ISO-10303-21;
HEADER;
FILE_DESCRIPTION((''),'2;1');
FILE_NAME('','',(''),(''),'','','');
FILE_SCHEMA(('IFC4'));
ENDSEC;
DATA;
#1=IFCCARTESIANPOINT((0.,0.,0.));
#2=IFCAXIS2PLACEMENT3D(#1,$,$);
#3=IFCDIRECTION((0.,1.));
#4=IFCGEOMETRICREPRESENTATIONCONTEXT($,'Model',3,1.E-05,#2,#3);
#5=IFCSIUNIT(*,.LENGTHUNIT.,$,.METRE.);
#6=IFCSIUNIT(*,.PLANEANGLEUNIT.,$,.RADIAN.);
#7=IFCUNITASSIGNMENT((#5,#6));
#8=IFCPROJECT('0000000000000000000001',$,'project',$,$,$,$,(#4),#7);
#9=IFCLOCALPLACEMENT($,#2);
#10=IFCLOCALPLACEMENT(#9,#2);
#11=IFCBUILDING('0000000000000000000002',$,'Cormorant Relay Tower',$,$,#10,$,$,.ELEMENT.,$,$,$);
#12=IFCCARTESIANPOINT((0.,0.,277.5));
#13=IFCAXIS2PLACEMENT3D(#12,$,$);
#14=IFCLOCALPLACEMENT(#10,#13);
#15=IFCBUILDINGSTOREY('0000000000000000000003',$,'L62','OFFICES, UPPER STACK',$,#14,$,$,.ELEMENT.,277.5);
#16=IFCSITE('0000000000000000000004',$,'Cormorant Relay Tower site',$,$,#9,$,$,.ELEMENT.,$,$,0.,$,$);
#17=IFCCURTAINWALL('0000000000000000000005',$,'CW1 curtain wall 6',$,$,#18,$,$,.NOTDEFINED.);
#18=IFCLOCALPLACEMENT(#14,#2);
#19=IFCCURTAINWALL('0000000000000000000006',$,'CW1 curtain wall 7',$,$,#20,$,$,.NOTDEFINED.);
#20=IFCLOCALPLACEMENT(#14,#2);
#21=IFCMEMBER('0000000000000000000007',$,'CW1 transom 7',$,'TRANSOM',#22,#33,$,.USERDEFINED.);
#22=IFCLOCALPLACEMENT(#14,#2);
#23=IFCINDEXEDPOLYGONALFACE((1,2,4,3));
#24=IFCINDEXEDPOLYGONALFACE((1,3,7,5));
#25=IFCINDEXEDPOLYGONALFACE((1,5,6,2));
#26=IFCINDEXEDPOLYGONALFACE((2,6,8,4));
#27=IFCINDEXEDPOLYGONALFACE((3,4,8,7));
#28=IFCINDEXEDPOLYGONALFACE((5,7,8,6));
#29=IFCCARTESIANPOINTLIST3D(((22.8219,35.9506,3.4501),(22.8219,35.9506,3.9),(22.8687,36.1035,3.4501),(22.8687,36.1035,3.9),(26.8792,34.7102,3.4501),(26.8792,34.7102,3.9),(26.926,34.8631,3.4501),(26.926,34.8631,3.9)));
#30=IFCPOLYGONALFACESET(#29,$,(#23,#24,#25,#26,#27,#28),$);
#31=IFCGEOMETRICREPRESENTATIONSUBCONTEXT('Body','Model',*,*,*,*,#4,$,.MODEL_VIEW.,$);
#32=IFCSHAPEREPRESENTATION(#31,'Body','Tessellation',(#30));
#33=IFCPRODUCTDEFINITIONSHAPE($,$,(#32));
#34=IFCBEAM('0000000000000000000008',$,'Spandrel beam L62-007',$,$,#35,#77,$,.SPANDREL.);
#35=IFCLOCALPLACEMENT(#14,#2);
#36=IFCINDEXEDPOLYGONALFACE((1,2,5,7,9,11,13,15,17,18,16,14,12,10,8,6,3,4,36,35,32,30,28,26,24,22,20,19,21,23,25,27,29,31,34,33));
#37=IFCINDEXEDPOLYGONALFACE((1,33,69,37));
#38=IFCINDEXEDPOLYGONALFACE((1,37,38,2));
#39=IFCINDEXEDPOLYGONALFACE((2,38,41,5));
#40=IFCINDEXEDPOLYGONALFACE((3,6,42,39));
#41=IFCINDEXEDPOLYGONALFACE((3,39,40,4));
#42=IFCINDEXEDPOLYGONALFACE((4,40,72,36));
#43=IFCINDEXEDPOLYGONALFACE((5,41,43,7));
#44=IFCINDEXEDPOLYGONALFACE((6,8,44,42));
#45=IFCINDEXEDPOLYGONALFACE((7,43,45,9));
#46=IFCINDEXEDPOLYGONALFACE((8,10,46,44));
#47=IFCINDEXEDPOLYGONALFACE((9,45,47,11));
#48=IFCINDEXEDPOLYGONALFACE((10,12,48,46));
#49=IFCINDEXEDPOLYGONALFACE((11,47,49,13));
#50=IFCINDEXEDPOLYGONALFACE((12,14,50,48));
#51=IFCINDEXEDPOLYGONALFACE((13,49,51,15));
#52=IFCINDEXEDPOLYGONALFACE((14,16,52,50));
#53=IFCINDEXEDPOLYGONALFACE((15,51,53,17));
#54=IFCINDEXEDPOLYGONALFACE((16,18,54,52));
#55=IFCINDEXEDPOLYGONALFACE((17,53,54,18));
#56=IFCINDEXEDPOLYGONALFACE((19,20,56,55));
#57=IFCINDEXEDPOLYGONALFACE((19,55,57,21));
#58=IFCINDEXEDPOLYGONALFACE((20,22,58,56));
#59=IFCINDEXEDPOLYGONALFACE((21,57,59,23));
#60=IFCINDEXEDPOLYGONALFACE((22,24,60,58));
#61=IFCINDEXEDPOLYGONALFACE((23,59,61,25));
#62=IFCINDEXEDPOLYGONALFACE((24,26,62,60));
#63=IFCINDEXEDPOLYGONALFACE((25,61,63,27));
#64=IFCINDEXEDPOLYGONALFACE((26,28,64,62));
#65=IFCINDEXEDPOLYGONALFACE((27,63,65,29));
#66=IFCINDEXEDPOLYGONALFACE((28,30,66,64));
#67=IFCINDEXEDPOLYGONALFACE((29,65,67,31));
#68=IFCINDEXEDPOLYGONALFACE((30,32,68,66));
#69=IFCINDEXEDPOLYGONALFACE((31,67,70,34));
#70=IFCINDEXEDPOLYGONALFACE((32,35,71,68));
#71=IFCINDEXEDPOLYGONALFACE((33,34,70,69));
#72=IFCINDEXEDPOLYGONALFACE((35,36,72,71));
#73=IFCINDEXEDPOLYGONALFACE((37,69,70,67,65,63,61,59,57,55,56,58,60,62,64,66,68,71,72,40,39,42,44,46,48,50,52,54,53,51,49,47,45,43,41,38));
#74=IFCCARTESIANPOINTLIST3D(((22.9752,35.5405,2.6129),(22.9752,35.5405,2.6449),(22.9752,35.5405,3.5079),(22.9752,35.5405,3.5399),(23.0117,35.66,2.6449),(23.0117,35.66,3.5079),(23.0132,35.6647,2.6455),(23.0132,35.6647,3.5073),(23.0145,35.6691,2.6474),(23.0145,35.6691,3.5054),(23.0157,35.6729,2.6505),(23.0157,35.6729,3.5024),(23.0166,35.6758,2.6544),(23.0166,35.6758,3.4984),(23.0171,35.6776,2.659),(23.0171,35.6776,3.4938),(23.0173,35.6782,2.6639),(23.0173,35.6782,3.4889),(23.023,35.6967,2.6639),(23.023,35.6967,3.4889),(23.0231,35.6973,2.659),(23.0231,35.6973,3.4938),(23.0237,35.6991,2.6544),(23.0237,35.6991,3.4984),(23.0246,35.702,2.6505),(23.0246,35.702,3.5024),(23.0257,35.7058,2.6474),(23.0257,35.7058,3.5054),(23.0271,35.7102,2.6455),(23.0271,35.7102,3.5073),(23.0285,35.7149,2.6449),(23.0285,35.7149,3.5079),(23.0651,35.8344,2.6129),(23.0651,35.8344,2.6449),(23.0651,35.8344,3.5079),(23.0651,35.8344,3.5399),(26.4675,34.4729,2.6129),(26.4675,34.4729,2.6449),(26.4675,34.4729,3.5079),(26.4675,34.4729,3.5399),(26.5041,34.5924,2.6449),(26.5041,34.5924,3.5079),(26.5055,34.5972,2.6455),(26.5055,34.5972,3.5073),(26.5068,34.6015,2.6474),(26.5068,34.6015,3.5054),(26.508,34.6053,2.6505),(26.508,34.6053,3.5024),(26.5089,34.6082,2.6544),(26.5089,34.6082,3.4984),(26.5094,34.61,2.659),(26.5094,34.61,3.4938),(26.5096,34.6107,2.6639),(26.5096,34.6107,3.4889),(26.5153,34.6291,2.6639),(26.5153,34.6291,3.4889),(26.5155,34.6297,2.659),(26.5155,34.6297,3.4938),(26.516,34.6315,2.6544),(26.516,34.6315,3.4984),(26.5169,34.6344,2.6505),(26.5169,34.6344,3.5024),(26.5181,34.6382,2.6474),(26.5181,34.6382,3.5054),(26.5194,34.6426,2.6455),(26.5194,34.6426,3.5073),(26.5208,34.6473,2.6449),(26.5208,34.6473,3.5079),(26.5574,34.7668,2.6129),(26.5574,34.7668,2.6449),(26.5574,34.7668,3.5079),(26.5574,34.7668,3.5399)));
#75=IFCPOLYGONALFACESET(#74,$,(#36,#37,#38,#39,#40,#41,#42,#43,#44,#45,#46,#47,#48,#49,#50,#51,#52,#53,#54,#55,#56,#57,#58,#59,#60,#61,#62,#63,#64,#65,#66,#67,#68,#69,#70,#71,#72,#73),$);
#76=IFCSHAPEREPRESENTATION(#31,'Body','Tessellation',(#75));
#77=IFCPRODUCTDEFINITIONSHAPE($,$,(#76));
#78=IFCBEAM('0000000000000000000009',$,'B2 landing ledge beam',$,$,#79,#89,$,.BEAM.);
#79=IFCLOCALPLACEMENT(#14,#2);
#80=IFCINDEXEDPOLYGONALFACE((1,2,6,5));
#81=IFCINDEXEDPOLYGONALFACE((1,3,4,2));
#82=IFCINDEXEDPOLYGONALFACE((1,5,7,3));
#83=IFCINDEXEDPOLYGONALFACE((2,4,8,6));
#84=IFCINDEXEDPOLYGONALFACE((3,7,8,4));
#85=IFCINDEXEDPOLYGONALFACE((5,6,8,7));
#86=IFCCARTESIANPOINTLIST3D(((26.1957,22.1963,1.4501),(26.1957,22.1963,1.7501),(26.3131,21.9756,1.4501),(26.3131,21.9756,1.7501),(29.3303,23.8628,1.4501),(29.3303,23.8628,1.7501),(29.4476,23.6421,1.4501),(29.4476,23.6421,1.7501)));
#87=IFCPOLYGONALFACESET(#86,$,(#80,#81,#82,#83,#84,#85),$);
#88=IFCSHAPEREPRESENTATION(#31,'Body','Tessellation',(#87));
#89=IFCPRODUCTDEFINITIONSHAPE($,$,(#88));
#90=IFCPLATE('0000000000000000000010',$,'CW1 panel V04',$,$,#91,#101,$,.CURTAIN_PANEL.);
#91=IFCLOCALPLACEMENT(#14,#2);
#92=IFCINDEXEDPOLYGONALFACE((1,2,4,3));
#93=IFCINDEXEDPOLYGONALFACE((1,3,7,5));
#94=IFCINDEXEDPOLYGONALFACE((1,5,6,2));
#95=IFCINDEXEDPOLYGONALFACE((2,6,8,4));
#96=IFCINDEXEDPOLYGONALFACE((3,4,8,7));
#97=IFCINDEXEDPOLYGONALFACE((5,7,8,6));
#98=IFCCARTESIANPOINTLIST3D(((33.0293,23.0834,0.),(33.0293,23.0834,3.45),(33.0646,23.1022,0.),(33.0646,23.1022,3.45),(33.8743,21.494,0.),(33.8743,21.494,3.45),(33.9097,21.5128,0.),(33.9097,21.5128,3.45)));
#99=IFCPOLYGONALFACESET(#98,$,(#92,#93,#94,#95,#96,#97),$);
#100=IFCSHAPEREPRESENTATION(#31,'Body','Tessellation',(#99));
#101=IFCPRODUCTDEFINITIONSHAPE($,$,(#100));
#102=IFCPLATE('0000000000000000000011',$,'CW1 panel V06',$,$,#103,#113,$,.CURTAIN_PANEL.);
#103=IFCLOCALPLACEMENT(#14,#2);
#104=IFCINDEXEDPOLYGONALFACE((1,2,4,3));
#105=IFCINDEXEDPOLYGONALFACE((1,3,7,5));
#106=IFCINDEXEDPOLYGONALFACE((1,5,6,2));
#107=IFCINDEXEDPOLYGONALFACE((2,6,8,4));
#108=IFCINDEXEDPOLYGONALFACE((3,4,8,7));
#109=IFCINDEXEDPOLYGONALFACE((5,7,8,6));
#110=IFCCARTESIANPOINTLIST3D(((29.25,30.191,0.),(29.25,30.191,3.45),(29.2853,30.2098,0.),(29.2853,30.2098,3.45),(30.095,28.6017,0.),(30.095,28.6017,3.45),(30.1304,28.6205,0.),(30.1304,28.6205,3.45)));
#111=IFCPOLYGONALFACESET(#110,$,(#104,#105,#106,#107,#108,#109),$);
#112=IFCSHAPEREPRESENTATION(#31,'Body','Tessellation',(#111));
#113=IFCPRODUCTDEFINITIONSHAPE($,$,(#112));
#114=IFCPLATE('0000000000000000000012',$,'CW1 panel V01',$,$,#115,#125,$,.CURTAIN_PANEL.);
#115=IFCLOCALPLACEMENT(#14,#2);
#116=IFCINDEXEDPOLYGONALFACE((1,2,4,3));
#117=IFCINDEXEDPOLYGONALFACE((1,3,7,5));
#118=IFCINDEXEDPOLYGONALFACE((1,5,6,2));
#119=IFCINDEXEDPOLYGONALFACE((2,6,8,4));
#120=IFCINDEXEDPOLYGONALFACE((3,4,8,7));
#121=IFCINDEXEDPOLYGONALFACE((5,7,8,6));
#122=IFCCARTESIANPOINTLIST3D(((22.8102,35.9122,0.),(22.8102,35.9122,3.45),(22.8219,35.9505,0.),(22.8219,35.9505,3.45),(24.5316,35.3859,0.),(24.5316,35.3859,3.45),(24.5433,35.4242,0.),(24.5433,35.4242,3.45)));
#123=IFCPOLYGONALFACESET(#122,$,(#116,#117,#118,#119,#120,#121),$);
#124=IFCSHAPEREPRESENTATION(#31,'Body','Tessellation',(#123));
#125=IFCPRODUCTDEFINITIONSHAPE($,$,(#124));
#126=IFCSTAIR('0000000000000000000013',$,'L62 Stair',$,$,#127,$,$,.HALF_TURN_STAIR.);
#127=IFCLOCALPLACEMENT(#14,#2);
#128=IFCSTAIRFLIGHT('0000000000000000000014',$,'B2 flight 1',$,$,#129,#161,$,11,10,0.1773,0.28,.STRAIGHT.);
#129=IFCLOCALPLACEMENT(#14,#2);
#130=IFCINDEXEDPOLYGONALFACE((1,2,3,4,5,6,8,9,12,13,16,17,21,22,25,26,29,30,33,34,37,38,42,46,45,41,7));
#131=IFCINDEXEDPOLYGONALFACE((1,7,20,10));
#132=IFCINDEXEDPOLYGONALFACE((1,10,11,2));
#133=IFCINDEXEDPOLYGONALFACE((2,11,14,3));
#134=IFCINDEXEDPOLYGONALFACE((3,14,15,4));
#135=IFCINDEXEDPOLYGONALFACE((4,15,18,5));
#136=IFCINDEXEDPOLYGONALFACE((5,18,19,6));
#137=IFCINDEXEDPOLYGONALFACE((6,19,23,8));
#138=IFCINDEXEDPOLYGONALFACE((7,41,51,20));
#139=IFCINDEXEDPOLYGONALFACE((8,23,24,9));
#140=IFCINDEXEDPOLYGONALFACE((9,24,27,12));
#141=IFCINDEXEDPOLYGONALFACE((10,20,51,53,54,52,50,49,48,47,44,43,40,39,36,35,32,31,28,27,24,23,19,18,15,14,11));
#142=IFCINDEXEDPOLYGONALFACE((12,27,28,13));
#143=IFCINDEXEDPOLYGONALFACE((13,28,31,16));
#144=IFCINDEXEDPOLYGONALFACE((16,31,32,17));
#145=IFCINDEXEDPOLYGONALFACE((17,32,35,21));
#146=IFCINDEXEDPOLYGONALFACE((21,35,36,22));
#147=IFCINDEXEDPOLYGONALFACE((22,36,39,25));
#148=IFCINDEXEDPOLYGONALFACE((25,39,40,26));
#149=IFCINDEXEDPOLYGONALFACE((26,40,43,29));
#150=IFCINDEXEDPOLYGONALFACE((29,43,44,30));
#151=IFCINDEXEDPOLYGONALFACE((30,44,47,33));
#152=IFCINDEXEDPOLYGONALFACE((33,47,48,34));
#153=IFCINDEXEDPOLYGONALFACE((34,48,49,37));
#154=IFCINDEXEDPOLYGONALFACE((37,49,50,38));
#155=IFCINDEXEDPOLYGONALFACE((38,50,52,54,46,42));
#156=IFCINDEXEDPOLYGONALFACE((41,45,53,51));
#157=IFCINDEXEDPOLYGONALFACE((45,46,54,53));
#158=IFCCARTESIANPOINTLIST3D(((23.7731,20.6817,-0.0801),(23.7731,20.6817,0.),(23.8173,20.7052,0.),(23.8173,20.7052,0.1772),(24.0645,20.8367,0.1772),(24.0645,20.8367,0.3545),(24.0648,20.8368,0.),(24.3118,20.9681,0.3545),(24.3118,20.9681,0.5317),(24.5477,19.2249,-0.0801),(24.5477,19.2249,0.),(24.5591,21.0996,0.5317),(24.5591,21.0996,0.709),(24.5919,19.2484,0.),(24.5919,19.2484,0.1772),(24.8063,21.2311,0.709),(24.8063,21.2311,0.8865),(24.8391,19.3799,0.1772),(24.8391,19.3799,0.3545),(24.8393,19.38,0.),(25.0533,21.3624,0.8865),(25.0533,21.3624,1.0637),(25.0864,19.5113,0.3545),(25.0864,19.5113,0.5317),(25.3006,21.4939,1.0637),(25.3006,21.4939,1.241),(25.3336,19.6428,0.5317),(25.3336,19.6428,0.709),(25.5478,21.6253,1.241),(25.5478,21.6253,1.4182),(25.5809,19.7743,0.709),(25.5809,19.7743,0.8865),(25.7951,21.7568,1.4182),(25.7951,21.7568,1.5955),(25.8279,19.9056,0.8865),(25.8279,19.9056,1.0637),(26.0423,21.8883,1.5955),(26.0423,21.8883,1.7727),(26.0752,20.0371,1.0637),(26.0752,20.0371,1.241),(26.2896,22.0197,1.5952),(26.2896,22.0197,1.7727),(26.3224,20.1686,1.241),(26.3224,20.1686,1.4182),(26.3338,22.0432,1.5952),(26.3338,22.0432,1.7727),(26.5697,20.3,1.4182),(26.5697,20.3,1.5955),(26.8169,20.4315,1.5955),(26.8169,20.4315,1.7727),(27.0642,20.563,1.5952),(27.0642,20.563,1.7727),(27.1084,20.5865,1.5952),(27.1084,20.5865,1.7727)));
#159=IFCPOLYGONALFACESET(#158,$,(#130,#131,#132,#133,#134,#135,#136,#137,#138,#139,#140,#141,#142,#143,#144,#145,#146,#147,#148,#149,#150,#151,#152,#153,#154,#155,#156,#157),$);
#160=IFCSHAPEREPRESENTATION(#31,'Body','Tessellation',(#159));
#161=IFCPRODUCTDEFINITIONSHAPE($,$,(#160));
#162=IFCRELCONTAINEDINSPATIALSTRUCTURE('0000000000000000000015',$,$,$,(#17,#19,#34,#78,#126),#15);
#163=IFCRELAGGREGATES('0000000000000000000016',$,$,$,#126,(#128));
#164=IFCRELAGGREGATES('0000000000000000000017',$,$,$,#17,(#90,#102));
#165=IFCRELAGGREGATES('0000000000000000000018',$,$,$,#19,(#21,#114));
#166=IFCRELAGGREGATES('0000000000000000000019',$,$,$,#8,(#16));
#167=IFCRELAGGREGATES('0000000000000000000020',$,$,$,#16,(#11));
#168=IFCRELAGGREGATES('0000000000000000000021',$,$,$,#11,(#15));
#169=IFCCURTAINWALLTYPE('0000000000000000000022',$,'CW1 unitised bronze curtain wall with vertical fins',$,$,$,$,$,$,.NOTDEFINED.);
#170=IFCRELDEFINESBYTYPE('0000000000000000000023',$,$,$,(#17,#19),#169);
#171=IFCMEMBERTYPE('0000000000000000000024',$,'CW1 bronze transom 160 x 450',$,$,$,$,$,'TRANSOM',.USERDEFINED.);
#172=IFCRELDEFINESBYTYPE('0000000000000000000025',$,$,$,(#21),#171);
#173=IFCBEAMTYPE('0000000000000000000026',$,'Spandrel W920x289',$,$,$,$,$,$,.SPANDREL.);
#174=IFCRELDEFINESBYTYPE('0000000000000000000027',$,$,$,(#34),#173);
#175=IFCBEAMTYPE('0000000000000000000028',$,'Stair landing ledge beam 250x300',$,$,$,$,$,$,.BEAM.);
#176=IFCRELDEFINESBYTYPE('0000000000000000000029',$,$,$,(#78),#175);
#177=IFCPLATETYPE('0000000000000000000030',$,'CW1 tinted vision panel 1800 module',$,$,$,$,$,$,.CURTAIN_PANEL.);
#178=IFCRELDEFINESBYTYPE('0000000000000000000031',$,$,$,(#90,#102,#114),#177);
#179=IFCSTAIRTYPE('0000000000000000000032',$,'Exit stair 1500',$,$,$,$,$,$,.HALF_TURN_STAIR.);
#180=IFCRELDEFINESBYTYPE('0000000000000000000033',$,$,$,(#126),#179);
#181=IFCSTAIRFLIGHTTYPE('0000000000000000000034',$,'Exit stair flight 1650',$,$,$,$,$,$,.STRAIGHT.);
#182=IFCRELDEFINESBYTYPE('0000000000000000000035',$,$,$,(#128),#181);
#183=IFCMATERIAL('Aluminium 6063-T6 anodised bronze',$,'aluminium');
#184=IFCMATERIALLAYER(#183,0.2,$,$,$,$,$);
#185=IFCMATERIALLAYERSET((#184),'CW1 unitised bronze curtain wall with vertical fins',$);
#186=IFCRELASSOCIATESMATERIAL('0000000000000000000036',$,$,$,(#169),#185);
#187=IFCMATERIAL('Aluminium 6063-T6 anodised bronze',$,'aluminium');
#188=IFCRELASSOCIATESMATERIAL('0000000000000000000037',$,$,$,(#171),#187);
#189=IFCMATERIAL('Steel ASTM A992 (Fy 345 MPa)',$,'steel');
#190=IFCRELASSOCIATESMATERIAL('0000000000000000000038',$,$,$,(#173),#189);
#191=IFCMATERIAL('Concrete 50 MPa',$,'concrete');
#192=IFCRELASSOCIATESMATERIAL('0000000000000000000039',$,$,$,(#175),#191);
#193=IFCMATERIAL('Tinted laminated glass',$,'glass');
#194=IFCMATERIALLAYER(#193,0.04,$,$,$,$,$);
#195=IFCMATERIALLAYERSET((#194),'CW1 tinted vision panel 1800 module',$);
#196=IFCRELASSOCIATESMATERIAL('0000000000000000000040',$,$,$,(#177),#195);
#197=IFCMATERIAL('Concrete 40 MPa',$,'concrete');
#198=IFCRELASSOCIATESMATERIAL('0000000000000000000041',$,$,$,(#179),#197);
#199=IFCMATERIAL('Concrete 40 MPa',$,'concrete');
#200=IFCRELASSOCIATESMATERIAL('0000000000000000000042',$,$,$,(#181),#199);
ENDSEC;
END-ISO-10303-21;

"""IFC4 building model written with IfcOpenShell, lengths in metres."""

from ifc_helpers import new_model, si_unit, direction, frame, origin, origin_2d, place, context, subcontext, project, spatial, polyline, rectangle, i_section, outline, extrude, material, layer, layer_set, material_profile, profile_set, type_object, element, aggregate, save


model = new_model("IFC4")

# Units and contexts
model_context = context("Model", 3, precision=1e-05, world=origin(), true_north=direction((0.0, 1.0)))
body_context = subcontext(model_context, "Body", "Model", "MODEL_VIEW")
ifc_project = project(units=[si_unit("LENGTHUNIT", "METRE"), si_unit("PLANEANGLEUNIT", "RADIAN")], contexts=[model_context])

# Site, building, storey
site_placement = place(None, origin())
site = spatial("IfcSite", under=ifc_project, at=site_placement, Name="Cormorant Relay Tower site", CompositionType="ELEMENT", RefElevation=0.0)
building_placement = place(site_placement, origin())
building = spatial("IfcBuilding", under=site, at=building_placement, Name="Cormorant Relay Tower", CompositionType="ELEMENT")
storey_placement = place(building_placement, frame((0.0, 0.0, 277.5)))
storey = spatial("IfcBuildingStorey", under=building, at=storey_placement, Name="L62", Description="OFFICES, UPPER STACK", CompositionType="ELEMENT", Elevation=277.5)

# Curtain walls, member
ifc_material_1 = material(Name="Aluminium 6063-T6 anodised bronze", Category="aluminium")
ifc_layer_1 = layer(ifc_material_1, 0.2)
ifc_layer_set_1 = layer_set([ifc_layer_1], Name="CW1 unitised bronze curtain wall with vertical fins")
curtain_wall_type = type_object("IfcCurtainWallType", Name="CW1 unitised bronze curtain wall with vertical fins", PredefinedType="NOTDEFINED", material=ifc_layer_set_1)
curtain_wall_1_placement = place(storey_placement, origin())
curtain_wall_1 = element("IfcCurtainWall", 1, at=curtain_wall_1_placement, inside=storey, type_object=curtain_wall_type, Name="CW1 curtain wall 6", PredefinedType="NOTDEFINED")
curtain_wall_2_placement = place(storey_placement, origin())
curtain_wall_2 = element("IfcCurtainWall", 2, at=curtain_wall_2_placement, inside=storey, type_object=curtain_wall_type, Name="CW1 curtain wall 7", PredefinedType="NOTDEFINED")
ifc_material_2 = material(Name="Aluminium 6063-T6 anodised bronze", Category="aluminium")
ifc_material_profile_1 = material_profile(ifc_material_2, rectangle(XDim=0.1599, YDim=0.45, at=origin_2d()), Name="AL 160x450")
ifc_profile_set_1 = profile_set([ifc_material_profile_1], Name="Aluminium 6063-T6 anodised bronze")
member_type_1 = type_object("IfcMemberType", Name="CW1 bronze transom 160 x 450", ElementType="TRANSOM", PredefinedType="USERDEFINED", material=ifc_profile_set_1)
member_1_placement = place(storey_placement, frame((26.9026, 34.7866, 3.675), z_axis=(-0.956304, 0.292375, 0.0), x_axis=(-0.292375, -0.956304, 0.0)))
member_1 = element("IfcMember", 3, at=member_1_placement, type_object=member_type_1, Name="CW1 transom 7", ObjectType="TRANSOM", PredefinedType="USERDEFINED", context=body_context, shape_type="SweptSolid", body=[
    extrude(rectangle(XDim=0.1599, YDim=0.45, at=origin_2d()), origin(), (0.0, 0.0, 1.0), 4.2427),
])

# Beams
ifc_material_3 = material(Name="Steel ASTM A992 (Fy 345 MPa)", Category="steel")
ifc_material_profile_2 = material_profile(ifc_material_3, i_section(OverallWidth=0.3074, OverallDepth=0.927, WebThickness=0.0193, FlangeThickness=0.032, FilletRadius=0.019, at=origin_2d()), Name="W920x289")
ifc_profile_set_2 = profile_set([ifc_material_profile_2], Name="Steel ASTM A992 (Fy 345 MPa)")
beam_type_1 = type_object("IfcBeamType", Name="Spandrel W920x289", PredefinedType="SPANDREL", material=ifc_profile_set_2)
beam_1_placement = place(storey_placement, frame((26.5125, 34.6199, 3.0764), z_axis=(-0.956314, 0.292343, 0.0), x_axis=(-0.292343, -0.956314, 0.0)))
element("IfcBeam", 4, at=beam_1_placement, inside=storey, type_object=beam_type_1, Name="Spandrel beam L62-007", PredefinedType="SPANDREL", context=body_context, shape_type="SweptSolid", body=[
    extrude(i_section(OverallWidth=0.3074, OverallDepth=0.927, WebThickness=0.0193, FlangeThickness=0.032, FilletRadius=0.019, at=origin_2d()), origin(), (0.0, 0.0, 1.0), 3.6519),
])
ifc_material_4 = material(Name="Concrete 50 MPa", Category="concrete")
ifc_material_profile_3 = material_profile(ifc_material_4, rectangle(XDim=0.25, YDim=0.3, at=origin_2d()), Name="RC 250x300")
ifc_profile_set_3 = profile_set([ifc_material_profile_3], Name="Concrete 50 MPa")
beam_type_2 = type_object("IfcBeamType", Name="Stair landing ledge beam 250x300", PredefinedType="BEAM", material=ifc_profile_set_3)
beam_2_placement = place(storey_placement, frame((26.2544, 22.0859, 1.6001), z_axis=(0.882965, 0.469438, 0.0), x_axis=(-0.469438, 0.882965, 0.0)))
element("IfcBeam", 5, at=beam_2_placement, inside=storey, type_object=beam_type_2, Name="B2 landing ledge beam", PredefinedType="BEAM", context=body_context, shape_type="SweptSolid", body=[
    extrude(rectangle(XDim=0.25, YDim=0.3, at=origin_2d()), origin(), (0.0, 0.0, 1.0), 3.55),
])

# Plates
ifc_material_5 = material(Name="Tinted laminated glass", Category="glass")
ifc_layer_2 = layer(ifc_material_5, 0.04)
ifc_layer_set_2 = layer_set([ifc_layer_2], Name="CW1 tinted vision panel 1800 module")
plate_type = type_object("IfcPlateType", Name="CW1 tinted vision panel 1800 module", PredefinedType="CURTAIN_PANEL", material=ifc_layer_set_2)
plate_1_placement = place(storey_placement, frame((33.4695, 22.2981, 0.0), z_axis=(0.0, 0.0, 1.0), x_axis=(-0.469472, 0.882948, 0.0)))
plate_1 = element("IfcPlate", 6, at=plate_1_placement, type_object=plate_type, Name="CW1 panel V04", PredefinedType="CURTAIN_PANEL", context=body_context, shape_type="SweptSolid", body=[
    extrude(rectangle(XDim=1.8, YDim=0.04, at=origin_2d()), origin(), (0.0, 0.0, 1.0), 3.45),
])
plate_2_placement = place(storey_placement, frame((29.6902, 29.4058, 0.0), z_axis=(0.0, 0.0, 1.0), x_axis=(-0.469472, 0.882948, 0.0)))
plate_2 = element("IfcPlate", 7, at=plate_2_placement, type_object=plate_type, Name="CW1 panel V06", PredefinedType="CURTAIN_PANEL", context=body_context, shape_type="SweptSolid", body=[
    extrude(rectangle(XDim=1.8, YDim=0.04, at=origin_2d()), origin(), (0.0, 0.0, 1.0), 3.45),
])
plate_3_placement = place(storey_placement, frame((23.6768, 35.6682, 0.0), z_axis=(0.0, 0.0, 1.0), x_axis=(-0.956305, 0.292372, 0.0)))
plate_3 = element("IfcPlate", 8, at=plate_3_placement, type_object=plate_type, Name="CW1 panel V01", PredefinedType="CURTAIN_PANEL", context=body_context, shape_type="SweptSolid", body=[
    extrude(rectangle(XDim=1.8, YDim=0.04, at=origin_2d()), origin(), (0.0, 0.0, 1.0), 3.45),
])

# Stair, stair flight
ifc_material_6 = material(Name="Concrete 40 MPa", Category="concrete")
stair_type = type_object("IfcStairType", Name="Exit stair 1500", PredefinedType="HALF_TURN_STAIR", material=ifc_material_6)
stair_placement = place(storey_placement, origin())
stair = element("IfcStair", 9, at=stair_placement, inside=storey, type_object=stair_type, Name="L62 Stair", PredefinedType="HALF_TURN_STAIR")
ifc_material_7 = material(Name="Concrete 40 MPa", Category="concrete")
stair_flight_type = type_object("IfcStairFlightType", Name="Exit stair flight 1650", PredefinedType="STRAIGHT", material=ifc_material_7)
stair_flight_1_placement = place(storey_placement, frame((24.2046, 19.9768, 0.0), z_axis=(0.0, 0.0, 1.0), x_axis=(0.882948, 0.469472, 0.0)))
stair_flight_1 = element("IfcStairFlight", 10, at=stair_flight_1_placement, type_object=stair_flight_type, Name="B2 flight 1", NumberOfRisers=11, NumberOfTreads=10, PredefinedType="STRAIGHT", RiserHeight=0.1773, TreadLength=0.28, context=body_context, shape_type="SweptSolid", body=[
    extrude(outline(polyline([(-0.05, -0.0801), (-0.05, 0.0), (0.0, 0.0), (0.0, 0.1772), (0.28, 0.1772), (0.28, 0.3545), (0.5601, 0.3545), (0.5601, 0.5317), (0.8401, 0.5317), (0.8401, 0.709), (1.1201, 0.709), (1.1201, 0.8865), (1.3999, 0.8865), (1.3999, 1.0637), (1.6799, 1.0637), (1.6799, 1.241), (1.96, 1.241), (1.96, 1.4182), (2.24, 1.4182), (2.24, 1.5955), (2.52, 1.5955), (2.52, 1.7727), (2.8, 1.7727), (2.8501, 1.7727), (2.8501, 1.5952), (2.8, 1.5952), (0.2803, 0.0), (-0.05, -0.0801)])), frame((0.0, 0.825, 0.0), z_axis=(0.0, -1.0, 0.0), x_axis=(1.0, 0.0, 0.0)), (0.0, 0.0, 1.0), 1.6499),
])
aggregate(stair, [stair_flight_1])

aggregate(curtain_wall_1, [plate_1, plate_2])
aggregate(curtain_wall_2, [member_1, plate_3])

save(model, "model.ifc")
